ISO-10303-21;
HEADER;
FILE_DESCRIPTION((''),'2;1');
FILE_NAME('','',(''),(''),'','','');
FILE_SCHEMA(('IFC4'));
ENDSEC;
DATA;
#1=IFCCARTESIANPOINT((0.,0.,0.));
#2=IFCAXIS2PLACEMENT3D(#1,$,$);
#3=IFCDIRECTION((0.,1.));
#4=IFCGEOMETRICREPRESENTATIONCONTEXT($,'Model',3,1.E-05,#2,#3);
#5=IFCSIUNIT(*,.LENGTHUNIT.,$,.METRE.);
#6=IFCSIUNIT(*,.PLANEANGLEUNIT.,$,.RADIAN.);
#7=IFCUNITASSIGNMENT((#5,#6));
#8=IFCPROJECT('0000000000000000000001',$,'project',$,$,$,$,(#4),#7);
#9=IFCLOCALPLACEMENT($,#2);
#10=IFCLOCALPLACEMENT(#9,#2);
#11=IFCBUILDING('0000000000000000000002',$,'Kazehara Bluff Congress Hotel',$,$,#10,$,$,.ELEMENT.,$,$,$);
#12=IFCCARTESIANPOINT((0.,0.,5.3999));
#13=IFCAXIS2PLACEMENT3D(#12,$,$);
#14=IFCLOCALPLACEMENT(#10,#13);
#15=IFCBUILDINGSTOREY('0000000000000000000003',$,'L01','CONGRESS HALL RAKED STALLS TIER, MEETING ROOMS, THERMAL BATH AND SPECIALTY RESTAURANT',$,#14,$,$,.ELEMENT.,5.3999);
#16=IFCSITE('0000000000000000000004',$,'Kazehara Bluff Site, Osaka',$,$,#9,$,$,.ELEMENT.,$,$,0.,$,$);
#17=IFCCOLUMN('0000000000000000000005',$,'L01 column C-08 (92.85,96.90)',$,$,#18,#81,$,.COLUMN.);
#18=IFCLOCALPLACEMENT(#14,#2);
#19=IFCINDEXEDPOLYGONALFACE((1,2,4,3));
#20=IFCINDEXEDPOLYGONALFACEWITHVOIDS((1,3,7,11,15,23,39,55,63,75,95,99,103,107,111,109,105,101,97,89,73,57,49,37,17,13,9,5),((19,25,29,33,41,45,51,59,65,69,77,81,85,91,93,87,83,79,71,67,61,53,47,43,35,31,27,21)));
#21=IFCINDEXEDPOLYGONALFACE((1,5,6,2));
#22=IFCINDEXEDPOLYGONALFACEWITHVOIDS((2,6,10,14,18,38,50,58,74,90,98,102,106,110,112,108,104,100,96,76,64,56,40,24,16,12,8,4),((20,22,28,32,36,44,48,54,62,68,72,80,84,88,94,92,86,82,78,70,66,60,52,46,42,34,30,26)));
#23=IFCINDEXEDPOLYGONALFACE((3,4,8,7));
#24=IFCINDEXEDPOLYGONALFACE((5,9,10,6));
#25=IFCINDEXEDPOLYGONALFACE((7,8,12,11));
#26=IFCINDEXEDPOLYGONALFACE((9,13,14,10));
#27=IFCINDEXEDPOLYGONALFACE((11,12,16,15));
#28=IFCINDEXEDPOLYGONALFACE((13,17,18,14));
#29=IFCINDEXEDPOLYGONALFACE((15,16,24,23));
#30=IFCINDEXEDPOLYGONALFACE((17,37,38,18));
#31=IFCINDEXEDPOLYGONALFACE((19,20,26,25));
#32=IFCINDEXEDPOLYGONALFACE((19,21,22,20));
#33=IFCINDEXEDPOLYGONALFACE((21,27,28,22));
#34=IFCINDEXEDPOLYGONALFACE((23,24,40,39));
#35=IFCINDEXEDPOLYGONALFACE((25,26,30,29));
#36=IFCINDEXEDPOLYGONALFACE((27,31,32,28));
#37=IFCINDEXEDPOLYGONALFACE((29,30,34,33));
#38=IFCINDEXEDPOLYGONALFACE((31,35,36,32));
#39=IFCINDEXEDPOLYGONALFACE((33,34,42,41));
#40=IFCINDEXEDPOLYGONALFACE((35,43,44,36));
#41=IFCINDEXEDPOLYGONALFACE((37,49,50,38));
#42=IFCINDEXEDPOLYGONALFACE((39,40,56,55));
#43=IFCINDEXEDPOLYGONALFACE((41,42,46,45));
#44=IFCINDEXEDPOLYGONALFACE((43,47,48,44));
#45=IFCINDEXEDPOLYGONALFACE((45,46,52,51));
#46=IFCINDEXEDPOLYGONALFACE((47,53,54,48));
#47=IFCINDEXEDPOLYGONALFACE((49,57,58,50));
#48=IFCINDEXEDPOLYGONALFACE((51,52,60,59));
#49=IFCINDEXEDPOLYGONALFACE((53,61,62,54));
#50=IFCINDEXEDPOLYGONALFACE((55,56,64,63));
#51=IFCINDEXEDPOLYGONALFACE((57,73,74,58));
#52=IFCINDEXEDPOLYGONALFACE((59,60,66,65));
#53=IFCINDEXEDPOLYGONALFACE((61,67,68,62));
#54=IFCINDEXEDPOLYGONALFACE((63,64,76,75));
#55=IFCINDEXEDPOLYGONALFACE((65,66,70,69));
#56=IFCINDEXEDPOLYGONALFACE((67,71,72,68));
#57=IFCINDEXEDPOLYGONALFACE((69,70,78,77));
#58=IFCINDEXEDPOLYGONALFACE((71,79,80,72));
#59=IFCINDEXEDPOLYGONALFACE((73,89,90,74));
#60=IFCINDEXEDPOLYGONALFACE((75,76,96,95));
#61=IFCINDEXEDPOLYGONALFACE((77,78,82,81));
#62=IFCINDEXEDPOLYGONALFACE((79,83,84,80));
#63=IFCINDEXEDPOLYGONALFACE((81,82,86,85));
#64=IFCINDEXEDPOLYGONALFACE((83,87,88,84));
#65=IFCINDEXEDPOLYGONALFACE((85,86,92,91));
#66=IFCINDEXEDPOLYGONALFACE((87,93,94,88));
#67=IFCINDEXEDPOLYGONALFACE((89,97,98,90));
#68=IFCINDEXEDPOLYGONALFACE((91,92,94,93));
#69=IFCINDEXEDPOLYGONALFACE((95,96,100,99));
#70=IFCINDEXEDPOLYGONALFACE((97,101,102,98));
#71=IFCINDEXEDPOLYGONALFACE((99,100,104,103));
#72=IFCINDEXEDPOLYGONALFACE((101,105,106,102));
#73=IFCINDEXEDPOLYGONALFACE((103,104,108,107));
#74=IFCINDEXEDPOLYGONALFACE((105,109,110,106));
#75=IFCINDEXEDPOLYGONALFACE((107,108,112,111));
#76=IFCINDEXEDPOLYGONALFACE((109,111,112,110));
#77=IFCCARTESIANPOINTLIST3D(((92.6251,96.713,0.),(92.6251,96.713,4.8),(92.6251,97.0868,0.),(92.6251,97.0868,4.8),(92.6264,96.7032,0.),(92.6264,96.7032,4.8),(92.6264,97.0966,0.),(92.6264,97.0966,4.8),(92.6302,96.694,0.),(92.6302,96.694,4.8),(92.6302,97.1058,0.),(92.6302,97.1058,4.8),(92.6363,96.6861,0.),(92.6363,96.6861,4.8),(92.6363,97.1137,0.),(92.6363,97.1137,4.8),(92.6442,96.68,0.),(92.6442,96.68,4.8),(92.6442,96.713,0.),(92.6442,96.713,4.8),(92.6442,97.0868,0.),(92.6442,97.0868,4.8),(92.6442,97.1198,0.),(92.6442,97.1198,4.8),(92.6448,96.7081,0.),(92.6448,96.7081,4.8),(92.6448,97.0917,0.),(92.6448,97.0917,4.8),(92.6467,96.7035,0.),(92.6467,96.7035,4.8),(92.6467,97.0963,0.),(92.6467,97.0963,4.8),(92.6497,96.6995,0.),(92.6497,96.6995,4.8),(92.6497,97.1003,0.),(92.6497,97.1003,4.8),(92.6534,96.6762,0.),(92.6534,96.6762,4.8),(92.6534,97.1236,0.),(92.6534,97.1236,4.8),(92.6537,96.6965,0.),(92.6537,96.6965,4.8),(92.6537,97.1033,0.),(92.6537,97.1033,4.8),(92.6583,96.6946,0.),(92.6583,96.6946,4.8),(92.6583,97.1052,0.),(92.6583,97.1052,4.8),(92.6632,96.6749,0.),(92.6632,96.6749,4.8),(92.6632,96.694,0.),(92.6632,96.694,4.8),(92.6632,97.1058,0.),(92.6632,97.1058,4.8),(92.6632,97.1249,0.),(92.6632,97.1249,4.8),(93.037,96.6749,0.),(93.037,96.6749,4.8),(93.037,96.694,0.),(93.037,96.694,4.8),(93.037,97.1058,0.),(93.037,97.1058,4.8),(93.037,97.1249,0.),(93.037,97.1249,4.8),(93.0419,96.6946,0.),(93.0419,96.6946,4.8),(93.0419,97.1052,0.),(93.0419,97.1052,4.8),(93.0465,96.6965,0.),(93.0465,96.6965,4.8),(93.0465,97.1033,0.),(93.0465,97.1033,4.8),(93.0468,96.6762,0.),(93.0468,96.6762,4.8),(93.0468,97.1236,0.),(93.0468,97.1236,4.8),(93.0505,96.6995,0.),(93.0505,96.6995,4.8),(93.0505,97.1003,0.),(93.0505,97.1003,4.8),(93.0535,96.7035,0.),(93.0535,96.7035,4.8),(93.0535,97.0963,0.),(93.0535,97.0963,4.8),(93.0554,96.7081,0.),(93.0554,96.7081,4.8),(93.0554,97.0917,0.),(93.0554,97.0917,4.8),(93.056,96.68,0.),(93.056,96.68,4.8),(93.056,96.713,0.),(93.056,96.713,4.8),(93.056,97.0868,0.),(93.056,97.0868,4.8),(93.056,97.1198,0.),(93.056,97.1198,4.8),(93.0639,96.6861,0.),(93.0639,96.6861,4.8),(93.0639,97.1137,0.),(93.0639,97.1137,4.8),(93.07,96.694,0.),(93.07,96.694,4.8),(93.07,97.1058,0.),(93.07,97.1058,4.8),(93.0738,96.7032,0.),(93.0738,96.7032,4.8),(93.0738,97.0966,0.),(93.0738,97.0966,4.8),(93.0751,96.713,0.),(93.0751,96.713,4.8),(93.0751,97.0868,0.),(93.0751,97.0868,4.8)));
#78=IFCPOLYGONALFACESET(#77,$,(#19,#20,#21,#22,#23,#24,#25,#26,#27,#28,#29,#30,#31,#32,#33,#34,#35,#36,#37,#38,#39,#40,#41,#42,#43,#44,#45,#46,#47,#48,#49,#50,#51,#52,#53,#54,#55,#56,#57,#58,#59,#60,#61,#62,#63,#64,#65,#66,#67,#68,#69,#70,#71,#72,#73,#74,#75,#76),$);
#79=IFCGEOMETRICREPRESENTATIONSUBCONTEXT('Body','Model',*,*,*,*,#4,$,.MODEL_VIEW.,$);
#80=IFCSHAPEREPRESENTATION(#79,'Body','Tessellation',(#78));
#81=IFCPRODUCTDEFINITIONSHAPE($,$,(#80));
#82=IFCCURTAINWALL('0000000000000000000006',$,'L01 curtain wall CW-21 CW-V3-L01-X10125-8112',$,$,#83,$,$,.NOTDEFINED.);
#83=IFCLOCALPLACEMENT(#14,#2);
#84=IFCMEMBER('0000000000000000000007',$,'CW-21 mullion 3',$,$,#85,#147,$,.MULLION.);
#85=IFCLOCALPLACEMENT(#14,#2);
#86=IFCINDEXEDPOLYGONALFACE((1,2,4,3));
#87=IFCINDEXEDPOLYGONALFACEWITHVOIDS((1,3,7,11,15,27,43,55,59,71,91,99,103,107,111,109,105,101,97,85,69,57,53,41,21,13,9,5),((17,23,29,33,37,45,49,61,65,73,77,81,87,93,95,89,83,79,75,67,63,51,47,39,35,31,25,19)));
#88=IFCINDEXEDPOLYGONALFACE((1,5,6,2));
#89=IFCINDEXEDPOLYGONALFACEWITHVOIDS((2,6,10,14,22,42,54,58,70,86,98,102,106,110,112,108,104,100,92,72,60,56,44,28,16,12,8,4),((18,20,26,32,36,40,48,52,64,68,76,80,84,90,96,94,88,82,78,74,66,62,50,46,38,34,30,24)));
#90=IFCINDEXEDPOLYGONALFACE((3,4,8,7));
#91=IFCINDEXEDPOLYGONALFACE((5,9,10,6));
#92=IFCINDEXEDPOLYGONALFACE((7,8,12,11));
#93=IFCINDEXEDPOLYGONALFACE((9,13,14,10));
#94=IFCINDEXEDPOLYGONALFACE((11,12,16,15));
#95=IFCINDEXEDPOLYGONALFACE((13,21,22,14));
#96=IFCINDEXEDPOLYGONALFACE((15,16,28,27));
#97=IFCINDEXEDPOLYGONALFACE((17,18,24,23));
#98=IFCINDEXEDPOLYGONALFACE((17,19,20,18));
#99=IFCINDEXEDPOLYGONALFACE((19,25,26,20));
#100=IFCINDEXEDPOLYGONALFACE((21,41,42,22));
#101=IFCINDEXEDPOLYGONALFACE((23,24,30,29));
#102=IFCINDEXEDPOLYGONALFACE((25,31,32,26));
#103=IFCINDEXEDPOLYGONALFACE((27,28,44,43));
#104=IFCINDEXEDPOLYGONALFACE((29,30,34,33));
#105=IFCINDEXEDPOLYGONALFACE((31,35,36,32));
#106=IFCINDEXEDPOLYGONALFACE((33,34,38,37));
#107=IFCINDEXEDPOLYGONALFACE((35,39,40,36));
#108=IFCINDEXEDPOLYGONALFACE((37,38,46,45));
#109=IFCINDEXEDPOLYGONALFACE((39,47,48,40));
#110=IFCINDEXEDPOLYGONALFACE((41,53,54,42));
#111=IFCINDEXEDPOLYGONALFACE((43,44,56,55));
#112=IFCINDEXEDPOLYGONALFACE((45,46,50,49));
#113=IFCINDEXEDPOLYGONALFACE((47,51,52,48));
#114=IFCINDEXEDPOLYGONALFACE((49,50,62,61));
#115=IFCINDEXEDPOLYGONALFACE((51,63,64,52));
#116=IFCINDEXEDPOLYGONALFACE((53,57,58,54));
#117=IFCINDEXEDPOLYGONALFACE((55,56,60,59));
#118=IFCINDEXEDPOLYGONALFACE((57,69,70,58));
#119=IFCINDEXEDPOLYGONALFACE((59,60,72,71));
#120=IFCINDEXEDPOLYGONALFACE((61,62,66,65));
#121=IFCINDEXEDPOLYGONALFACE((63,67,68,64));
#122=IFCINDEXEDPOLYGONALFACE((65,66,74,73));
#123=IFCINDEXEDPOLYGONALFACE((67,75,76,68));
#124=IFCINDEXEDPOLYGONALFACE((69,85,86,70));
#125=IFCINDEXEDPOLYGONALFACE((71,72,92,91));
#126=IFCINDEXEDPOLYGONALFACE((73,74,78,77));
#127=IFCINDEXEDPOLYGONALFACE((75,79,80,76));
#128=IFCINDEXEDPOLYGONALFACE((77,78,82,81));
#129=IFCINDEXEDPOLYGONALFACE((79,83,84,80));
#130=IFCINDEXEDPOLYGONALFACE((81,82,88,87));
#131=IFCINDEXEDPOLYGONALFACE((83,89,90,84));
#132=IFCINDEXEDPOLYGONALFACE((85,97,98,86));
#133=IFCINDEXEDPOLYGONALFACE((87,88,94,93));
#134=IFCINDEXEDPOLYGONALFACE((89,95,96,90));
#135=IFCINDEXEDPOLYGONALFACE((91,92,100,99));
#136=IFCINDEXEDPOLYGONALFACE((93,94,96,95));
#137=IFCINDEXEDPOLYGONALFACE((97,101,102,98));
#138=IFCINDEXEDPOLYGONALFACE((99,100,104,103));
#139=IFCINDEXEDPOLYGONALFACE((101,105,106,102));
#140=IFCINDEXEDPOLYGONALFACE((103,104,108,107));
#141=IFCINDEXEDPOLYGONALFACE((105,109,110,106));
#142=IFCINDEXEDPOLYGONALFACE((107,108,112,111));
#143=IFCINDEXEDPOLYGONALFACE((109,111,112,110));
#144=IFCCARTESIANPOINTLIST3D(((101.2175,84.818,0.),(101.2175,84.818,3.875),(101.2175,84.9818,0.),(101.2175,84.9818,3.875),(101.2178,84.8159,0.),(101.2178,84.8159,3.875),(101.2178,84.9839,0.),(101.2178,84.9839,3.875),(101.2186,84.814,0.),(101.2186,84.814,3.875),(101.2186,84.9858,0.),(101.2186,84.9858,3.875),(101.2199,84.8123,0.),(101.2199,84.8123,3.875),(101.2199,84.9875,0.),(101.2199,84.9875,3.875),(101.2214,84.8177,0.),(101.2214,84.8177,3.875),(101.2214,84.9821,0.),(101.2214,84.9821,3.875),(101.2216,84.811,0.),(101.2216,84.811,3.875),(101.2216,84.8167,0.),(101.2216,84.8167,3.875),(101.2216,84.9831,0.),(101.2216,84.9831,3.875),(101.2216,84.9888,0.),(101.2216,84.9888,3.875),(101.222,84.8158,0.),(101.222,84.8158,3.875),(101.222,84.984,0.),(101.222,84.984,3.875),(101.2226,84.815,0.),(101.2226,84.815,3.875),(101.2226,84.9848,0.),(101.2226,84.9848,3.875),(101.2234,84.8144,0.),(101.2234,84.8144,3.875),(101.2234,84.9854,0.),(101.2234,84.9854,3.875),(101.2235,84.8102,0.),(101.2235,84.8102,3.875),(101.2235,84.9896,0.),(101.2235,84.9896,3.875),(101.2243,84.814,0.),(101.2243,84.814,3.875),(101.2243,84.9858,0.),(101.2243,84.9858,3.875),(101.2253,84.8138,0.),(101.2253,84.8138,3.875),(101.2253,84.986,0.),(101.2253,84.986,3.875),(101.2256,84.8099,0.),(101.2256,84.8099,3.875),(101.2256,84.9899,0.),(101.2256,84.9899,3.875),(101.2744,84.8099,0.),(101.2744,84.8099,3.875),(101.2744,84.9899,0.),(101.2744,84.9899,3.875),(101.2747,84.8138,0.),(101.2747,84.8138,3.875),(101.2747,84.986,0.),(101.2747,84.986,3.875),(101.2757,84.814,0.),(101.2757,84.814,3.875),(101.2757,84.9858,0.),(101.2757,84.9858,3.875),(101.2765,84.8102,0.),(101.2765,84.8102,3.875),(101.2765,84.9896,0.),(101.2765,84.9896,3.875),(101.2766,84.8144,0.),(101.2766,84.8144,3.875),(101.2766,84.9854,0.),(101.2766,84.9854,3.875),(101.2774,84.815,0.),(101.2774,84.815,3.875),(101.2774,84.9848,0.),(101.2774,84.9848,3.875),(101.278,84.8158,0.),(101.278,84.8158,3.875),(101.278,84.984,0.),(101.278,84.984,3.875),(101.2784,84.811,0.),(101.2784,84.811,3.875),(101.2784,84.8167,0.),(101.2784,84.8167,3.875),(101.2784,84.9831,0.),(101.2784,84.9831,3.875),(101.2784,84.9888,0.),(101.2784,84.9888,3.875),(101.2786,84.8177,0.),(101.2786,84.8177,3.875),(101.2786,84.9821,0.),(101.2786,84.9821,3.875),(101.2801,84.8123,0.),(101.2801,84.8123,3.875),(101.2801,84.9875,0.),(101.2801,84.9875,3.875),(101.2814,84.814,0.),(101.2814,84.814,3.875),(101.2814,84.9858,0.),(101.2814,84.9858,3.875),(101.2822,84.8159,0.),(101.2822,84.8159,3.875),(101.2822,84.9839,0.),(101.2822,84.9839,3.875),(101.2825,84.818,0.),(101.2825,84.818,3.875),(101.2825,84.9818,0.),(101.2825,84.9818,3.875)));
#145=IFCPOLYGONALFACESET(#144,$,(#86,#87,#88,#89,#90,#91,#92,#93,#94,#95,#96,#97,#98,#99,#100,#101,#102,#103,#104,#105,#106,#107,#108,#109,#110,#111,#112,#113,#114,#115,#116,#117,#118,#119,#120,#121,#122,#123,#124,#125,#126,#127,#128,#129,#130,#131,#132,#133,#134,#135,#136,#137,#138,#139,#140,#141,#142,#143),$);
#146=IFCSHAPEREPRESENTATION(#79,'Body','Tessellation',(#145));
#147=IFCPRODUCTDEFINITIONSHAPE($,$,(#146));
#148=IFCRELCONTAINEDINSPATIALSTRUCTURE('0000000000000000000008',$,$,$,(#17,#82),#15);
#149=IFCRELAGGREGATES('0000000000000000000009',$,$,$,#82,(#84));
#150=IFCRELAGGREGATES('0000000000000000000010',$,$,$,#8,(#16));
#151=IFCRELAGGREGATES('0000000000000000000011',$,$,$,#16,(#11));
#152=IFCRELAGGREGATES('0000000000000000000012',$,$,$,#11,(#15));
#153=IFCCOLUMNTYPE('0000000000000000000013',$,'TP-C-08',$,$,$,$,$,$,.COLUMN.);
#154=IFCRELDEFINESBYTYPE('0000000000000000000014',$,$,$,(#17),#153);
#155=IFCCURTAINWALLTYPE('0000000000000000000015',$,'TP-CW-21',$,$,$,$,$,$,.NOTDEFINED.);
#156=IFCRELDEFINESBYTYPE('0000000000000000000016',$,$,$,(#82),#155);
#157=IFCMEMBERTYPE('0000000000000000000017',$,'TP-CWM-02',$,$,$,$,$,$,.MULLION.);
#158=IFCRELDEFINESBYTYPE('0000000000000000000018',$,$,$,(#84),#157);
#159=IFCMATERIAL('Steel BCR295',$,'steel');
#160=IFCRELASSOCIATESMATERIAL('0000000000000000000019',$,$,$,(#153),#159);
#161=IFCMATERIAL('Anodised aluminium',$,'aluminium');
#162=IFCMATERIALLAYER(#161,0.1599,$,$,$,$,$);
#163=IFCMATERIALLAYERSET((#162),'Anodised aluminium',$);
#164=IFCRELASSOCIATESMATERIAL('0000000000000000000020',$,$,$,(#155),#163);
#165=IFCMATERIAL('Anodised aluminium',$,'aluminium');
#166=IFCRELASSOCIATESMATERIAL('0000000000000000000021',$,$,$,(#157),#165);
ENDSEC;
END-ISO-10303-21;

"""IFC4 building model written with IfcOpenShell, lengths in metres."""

from ifc_helpers import new_model, si_unit, direction, frame, origin, origin_2d, place, context, subcontext, project, spatial, hollow_rectangle, extrude, material, layer, layer_set, material_profile, profile_set, type_object, element, aggregate, save


model = new_model("IFC4")

# Units and contexts
model_context = context("Model", 3, precision=1e-05, world=origin(), true_north=direction((0.0, 1.0)))
body_context = subcontext(model_context, "Body", "Model", "MODEL_VIEW")
ifc_project = project(units=[si_unit("LENGTHUNIT", "METRE"), si_unit("PLANEANGLEUNIT", "RADIAN")], contexts=[model_context])

# Site, building, storey
site_placement = place(None, origin())
site = spatial("IfcSite", under=ifc_project, at=site_placement, Name="Kazehara Bluff Site, Osaka", CompositionType="ELEMENT", RefElevation=0.0)
building_placement = place(site_placement, origin())
building = spatial("IfcBuilding", under=site, at=building_placement, Name="Kazehara Bluff Congress Hotel", CompositionType="ELEMENT")
storey_placement = place(building_placement, frame((0.0, 0.0, 5.3999)))
storey = spatial("IfcBuildingStorey", under=building, at=storey_placement, Name="L01", Description="CONGRESS HALL RAKED STALLS TIER, MEETING ROOMS, THERMAL BATH AND SPECIALTY RESTAURANT", CompositionType="ELEMENT", Elevation=5.3999)

# Column
ifc_material_1 = material(Name="Steel BCR295", Category="steel")
ifc_material_profile_1 = material_profile(ifc_material_1, hollow_rectangle(XDim=0.45, YDim=0.45, WallThickness=0.019, InnerFilletRadius=0.019, OuterFilletRadius=0.0381, at=origin_2d()))
ifc_profile_set_1 = profile_set([ifc_material_profile_1], Name="Steel BCR295")
column_type = type_object("IfcColumnType", Name="TP-C-08", PredefinedType="COLUMN", material=ifc_profile_set_1)
for number, where, z_axis, x_axis, name in (
    (1, (92.8501, 96.8999, 0.0), (0.0, 0.0, 1.0), (1.0, 0.0, 0.0), "L01 column C-08 (92.85,96.90)"),
):
    element("IfcColumn", number, at=place(storey_placement, frame(where, z_axis=z_axis, x_axis=x_axis)), inside=storey, type_object=column_type, Name=name, PredefinedType="COLUMN", context=body_context, shape_type="SweptSolid", body=[
        extrude(hollow_rectangle(XDim=0.45, YDim=0.45, WallThickness=0.019, InnerFilletRadius=0.019, OuterFilletRadius=0.0381, at=origin_2d()), origin(), (0.0, 0.0, 1.0), 4.8),
    ])

# Curtain wall, member
ifc_material_2 = material(Name="Anodised aluminium", Category="aluminium")
ifc_layer_1 = layer(ifc_material_2, 0.1599)
ifc_layer_set_1 = layer_set([ifc_layer_1], Name="Anodised aluminium")
curtain_wall_type = type_object("IfcCurtainWallType", Name="TP-CW-21", PredefinedType="NOTDEFINED", material=ifc_layer_set_1)
curtain_wall_placement = place(storey_placement, origin())
curtain_wall = element("IfcCurtainWall", 2, at=curtain_wall_placement, inside=storey, type_object=curtain_wall_type, Name="L01 curtain wall CW-21 CW-V3-L01-X10125-8112", PredefinedType="NOTDEFINED")
ifc_material_3 = material(Name="Anodised aluminium", Category="aluminium")
ifc_material_profile_2 = material_profile(ifc_material_3, hollow_rectangle(XDim=0.0649, YDim=0.1799, WallThickness=0.0039, InnerFilletRadius=0.0039, OuterFilletRadius=0.0081, at=origin_2d()))
ifc_profile_set_2 = profile_set([ifc_material_profile_2], Name="Anodised aluminium")
member_type_1 = type_object("IfcMemberType", Name="TP-CWM-02", PredefinedType="MULLION", material=ifc_profile_set_2)
member_1_placement = place(storey_placement, frame((101.25, 84.8999, 0.0), z_axis=(0.0, 0.0, 1.0), x_axis=(-1.0, 0.0, 0.0)))
member_1 = element("IfcMember", 3, at=member_1_placement, type_object=member_type_1, Name="CW-21 mullion 3", PredefinedType="MULLION", context=body_context, shape_type="SweptSolid", body=[
    extrude(hollow_rectangle(XDim=0.0649, YDim=0.1799, WallThickness=0.0039, InnerFilletRadius=0.0039, OuterFilletRadius=0.0081, at=origin_2d()), origin(), (0.0, 0.0, 1.0), 3.875),
])

aggregate(curtain_wall, [member_1])

save(model, "model.ifc")
